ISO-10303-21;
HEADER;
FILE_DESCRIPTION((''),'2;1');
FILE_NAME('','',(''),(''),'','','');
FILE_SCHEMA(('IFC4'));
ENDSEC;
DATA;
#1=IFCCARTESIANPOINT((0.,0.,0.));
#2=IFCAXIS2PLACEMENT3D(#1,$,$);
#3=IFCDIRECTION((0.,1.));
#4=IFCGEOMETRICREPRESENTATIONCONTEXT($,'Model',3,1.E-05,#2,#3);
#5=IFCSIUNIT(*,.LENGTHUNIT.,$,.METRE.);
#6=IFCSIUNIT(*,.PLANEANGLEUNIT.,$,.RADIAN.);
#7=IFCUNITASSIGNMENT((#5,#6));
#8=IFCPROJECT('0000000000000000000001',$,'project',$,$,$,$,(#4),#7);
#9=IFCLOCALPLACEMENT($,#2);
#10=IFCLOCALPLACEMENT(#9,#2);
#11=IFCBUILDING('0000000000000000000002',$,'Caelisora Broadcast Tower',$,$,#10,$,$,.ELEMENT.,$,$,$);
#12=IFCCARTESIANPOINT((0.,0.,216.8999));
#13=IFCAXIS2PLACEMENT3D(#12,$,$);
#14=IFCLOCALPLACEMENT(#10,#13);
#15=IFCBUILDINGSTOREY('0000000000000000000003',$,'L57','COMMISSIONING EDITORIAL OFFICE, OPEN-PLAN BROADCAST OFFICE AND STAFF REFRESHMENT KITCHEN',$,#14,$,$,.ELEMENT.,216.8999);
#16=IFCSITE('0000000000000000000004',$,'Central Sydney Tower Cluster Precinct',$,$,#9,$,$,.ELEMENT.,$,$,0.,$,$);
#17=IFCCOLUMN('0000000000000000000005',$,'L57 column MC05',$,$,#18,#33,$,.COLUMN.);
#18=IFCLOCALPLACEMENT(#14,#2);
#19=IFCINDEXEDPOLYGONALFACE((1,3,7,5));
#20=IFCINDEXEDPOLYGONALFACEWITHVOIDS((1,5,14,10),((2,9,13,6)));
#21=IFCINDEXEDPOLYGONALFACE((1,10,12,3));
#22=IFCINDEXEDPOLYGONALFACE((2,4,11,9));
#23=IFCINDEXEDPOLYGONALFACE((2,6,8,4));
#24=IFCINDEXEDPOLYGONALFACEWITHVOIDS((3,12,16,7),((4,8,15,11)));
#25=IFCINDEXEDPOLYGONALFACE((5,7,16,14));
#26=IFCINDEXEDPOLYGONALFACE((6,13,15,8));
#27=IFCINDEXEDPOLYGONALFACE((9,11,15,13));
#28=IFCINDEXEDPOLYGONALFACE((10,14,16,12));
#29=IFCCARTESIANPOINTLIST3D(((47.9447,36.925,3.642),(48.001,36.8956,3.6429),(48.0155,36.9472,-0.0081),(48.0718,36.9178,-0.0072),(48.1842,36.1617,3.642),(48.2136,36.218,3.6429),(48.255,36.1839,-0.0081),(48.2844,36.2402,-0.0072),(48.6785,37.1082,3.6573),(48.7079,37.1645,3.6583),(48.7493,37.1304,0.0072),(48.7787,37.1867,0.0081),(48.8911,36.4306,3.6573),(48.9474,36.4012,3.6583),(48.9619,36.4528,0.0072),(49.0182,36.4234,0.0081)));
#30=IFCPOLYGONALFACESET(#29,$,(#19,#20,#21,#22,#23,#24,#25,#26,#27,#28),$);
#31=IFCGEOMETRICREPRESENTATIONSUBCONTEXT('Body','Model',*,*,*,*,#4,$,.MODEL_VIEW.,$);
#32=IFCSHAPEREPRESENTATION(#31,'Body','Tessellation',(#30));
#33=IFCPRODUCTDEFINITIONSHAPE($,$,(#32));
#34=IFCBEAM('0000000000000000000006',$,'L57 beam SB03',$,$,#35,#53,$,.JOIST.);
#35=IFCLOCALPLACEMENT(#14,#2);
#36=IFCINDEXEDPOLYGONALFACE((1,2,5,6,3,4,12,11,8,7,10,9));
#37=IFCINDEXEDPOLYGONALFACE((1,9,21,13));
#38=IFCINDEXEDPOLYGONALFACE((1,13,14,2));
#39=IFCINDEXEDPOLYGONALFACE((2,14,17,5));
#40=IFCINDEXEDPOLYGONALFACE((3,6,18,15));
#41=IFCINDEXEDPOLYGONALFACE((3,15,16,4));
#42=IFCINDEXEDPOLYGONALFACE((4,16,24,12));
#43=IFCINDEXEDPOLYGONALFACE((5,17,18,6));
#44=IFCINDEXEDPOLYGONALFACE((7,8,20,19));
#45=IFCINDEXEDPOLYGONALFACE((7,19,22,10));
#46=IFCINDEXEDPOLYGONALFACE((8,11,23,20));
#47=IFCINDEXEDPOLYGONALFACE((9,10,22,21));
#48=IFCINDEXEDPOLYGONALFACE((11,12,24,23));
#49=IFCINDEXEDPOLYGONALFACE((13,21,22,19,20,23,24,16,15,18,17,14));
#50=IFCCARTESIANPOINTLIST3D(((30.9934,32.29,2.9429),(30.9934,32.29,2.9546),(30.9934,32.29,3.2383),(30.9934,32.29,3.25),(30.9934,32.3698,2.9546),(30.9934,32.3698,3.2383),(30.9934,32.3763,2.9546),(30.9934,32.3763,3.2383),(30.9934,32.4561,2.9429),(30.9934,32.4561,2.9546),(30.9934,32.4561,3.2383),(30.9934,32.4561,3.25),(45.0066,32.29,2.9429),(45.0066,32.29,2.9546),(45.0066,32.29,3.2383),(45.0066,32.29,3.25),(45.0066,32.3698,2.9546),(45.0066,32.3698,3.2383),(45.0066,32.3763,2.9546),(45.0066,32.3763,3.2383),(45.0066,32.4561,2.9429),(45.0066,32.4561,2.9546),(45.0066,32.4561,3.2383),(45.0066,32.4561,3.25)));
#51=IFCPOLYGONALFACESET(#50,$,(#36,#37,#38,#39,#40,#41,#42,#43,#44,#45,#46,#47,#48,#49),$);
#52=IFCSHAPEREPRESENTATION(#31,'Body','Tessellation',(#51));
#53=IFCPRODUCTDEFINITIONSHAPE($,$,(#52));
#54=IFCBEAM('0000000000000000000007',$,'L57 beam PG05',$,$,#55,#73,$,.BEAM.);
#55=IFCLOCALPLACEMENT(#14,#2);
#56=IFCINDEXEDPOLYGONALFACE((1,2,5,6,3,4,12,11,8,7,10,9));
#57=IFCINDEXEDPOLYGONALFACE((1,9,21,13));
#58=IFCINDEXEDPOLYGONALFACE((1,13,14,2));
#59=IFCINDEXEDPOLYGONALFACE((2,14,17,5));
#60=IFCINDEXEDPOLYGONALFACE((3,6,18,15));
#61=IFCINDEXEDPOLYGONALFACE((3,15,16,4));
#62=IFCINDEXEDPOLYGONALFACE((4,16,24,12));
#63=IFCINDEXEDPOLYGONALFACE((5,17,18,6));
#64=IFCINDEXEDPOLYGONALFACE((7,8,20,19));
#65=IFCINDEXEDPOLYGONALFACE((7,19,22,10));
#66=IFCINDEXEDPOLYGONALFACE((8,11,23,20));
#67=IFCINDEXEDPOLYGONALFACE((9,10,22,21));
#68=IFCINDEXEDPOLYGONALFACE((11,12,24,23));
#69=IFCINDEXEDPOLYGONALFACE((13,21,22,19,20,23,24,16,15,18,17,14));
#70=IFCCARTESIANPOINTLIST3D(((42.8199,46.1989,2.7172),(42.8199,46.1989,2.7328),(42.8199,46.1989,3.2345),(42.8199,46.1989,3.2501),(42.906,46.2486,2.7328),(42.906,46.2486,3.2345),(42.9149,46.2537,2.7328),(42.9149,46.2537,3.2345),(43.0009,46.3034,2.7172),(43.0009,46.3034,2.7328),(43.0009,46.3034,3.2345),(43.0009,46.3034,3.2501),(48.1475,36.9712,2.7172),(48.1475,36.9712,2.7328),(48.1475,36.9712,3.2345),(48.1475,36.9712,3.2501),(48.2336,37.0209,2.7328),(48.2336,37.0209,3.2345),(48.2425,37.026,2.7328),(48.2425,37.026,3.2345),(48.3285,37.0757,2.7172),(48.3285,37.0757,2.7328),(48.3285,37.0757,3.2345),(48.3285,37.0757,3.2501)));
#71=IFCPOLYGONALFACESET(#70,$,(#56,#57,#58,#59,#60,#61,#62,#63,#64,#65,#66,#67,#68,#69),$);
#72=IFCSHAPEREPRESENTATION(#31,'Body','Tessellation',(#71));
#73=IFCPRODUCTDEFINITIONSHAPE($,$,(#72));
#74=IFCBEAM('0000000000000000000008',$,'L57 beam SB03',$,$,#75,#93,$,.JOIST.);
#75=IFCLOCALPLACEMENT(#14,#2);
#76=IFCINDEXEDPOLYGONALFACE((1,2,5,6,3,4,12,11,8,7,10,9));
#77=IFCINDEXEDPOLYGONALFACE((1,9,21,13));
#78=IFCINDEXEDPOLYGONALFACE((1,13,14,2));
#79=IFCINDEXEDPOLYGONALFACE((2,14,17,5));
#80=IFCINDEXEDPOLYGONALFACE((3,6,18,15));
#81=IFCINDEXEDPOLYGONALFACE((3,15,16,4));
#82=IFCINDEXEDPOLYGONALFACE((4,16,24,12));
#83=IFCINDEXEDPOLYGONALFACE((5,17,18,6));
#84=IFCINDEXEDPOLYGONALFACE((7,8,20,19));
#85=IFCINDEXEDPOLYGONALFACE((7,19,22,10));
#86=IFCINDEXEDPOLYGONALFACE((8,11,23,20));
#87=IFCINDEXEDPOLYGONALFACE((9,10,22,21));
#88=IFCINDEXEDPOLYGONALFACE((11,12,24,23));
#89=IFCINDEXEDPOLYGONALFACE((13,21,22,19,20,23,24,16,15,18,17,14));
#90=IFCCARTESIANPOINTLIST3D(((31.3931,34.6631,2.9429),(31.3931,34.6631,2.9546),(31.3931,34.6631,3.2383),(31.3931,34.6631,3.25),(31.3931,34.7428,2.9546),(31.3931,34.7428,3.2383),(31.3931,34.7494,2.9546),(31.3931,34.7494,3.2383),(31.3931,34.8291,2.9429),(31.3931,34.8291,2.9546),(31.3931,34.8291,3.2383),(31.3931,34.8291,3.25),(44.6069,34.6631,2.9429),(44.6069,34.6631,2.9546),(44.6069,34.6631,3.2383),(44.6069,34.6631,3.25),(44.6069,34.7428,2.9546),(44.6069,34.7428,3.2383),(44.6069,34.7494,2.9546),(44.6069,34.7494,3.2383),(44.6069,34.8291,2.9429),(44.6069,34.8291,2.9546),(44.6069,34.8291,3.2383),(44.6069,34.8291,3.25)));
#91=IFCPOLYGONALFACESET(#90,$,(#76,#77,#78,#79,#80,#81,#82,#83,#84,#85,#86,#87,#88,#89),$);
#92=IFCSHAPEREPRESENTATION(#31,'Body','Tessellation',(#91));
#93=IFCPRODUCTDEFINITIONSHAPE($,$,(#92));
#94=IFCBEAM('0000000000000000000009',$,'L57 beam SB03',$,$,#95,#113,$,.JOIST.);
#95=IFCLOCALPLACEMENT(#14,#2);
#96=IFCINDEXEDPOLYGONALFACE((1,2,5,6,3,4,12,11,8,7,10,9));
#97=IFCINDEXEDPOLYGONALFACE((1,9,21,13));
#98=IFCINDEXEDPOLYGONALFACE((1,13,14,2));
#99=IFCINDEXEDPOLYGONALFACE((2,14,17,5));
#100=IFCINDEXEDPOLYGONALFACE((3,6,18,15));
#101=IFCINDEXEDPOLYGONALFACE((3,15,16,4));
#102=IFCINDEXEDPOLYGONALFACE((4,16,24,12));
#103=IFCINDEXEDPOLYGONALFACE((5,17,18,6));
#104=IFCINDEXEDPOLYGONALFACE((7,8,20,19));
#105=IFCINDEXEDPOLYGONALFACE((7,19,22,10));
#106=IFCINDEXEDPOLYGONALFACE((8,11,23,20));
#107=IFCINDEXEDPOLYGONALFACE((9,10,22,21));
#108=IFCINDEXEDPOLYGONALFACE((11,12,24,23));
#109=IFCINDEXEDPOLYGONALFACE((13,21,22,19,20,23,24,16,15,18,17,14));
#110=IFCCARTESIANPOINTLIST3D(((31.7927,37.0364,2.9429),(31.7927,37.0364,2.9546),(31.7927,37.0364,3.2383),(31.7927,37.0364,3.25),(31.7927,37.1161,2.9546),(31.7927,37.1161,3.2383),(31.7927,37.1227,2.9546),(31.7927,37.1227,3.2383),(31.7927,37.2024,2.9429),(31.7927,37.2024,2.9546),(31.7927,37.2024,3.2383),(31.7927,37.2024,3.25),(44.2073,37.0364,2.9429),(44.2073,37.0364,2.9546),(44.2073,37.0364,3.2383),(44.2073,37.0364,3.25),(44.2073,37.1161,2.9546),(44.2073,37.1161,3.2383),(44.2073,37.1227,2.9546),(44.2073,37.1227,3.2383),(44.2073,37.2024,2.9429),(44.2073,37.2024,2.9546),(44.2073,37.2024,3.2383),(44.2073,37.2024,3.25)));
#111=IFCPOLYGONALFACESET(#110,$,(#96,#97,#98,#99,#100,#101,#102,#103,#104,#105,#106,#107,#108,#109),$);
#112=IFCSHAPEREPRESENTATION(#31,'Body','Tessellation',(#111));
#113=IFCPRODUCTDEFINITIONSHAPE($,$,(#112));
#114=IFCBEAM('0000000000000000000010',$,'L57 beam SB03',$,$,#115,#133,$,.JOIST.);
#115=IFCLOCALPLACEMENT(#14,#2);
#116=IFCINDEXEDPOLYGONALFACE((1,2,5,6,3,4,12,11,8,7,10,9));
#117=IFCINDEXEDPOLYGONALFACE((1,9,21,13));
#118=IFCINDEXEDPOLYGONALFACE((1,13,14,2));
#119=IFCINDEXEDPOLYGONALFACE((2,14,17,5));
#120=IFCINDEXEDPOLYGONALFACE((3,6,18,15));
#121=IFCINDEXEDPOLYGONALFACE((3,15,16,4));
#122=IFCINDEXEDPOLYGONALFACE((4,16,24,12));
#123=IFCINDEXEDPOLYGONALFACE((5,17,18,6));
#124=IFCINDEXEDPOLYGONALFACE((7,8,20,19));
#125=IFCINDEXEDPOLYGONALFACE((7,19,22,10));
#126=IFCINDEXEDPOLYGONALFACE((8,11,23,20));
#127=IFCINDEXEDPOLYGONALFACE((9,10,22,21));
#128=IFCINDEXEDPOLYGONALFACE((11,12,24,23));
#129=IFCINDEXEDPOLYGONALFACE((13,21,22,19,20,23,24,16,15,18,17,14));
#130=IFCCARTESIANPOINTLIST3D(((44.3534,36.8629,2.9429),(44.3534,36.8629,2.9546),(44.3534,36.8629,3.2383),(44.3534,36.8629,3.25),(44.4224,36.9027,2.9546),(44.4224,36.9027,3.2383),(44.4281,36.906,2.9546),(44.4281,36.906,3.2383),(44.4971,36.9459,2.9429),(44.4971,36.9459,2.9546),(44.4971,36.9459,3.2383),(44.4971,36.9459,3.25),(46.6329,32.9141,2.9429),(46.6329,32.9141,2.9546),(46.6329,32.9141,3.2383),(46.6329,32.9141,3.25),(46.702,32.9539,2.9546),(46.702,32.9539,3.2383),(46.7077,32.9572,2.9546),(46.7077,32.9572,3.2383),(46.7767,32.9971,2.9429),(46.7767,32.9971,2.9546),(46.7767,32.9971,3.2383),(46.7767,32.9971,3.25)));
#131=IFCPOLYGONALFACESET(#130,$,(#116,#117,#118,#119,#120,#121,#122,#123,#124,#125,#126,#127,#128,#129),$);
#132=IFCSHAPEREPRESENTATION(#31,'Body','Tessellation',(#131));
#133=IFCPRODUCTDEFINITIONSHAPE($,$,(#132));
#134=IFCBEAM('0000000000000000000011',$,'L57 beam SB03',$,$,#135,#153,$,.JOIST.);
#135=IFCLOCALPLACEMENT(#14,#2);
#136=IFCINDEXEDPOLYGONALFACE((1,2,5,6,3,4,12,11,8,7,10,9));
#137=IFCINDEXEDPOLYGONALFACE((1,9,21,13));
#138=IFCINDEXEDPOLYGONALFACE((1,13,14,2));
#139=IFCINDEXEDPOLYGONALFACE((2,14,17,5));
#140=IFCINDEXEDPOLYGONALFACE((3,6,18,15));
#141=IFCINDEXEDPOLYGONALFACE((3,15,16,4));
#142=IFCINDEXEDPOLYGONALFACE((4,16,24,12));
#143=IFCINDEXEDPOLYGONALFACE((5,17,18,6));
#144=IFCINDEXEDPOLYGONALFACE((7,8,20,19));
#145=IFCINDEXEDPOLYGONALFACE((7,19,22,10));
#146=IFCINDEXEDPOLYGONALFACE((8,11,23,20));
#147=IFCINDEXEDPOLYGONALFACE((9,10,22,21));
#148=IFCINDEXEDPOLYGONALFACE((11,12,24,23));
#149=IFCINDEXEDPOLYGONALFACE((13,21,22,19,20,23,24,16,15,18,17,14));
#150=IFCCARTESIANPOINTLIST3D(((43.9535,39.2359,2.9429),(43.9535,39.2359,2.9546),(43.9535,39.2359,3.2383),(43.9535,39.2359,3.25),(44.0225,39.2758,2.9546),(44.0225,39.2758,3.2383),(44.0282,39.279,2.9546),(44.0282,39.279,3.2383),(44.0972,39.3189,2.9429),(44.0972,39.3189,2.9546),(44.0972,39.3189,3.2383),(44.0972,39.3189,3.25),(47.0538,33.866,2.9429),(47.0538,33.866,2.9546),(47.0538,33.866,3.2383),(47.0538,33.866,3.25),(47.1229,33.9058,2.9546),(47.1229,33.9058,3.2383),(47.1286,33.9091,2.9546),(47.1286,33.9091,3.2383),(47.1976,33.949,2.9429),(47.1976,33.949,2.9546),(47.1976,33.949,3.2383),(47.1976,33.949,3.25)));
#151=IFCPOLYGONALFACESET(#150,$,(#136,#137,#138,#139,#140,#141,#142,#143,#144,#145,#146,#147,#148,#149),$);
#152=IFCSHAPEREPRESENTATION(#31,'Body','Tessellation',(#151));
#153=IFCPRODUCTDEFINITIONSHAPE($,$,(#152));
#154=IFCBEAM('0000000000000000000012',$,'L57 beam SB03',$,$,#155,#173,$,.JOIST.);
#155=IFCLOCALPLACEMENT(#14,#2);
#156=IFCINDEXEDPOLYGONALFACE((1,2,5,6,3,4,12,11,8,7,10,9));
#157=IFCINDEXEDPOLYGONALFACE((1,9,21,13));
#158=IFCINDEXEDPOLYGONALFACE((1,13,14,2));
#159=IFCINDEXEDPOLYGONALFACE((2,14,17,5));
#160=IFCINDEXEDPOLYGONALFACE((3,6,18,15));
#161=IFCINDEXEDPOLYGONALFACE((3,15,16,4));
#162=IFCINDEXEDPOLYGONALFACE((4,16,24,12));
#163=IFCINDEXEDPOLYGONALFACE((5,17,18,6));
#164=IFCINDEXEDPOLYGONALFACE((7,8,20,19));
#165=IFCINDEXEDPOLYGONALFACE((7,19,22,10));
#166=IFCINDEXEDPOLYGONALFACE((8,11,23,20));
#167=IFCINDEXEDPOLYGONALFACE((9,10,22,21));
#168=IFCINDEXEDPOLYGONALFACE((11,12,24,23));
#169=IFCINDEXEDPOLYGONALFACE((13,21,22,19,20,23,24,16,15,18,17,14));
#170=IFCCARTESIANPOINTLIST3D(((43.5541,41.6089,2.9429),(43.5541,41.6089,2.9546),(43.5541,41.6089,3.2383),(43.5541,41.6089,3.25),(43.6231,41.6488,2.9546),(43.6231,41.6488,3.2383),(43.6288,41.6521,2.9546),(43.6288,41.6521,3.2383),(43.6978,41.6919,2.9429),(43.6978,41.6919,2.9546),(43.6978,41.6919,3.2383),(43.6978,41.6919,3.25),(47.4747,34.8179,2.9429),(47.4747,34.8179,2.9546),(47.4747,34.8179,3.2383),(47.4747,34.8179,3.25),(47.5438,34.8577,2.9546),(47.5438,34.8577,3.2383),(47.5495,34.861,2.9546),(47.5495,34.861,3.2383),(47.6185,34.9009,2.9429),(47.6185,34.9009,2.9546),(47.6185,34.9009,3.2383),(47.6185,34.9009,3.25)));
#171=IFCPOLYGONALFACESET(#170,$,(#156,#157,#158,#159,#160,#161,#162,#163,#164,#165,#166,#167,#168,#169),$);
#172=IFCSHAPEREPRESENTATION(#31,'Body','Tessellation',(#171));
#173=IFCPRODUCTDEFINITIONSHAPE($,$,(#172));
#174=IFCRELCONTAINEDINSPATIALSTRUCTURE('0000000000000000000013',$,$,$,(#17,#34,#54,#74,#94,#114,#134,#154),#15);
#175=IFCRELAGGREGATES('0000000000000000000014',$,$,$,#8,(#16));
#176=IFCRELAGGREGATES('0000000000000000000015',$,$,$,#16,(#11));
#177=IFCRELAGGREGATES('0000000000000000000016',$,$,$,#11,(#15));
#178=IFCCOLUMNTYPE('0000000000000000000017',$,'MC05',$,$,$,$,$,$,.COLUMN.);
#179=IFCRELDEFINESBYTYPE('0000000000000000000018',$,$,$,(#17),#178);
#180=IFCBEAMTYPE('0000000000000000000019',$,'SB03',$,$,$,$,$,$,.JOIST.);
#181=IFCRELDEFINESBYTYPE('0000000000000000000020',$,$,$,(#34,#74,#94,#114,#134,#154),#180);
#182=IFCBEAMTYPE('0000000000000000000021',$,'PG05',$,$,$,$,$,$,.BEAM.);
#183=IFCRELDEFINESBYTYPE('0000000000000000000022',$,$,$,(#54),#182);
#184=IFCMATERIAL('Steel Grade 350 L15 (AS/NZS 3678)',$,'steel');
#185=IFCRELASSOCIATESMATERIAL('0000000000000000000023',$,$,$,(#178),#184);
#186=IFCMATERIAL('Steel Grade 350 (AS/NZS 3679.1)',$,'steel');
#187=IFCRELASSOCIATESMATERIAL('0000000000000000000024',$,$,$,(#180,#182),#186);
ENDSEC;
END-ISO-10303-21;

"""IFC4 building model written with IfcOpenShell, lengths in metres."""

from ifc_helpers import new_model, si_unit, direction, frame, origin, origin_2d, place, context, subcontext, project, spatial, hollow_rectangle, i_section, extrude, source, transform, mapped, material, material_profile, profile_set, type_object, type_shapes, element, save


model = new_model("IFC4")

# Units and contexts
model_context = context("Model", 3, precision=1e-05, world=origin(), true_north=direction((0.0, 1.0)))
body_context = subcontext(model_context, "Body", "Model", "MODEL_VIEW")
ifc_project = project(units=[si_unit("LENGTHUNIT", "METRE"), si_unit("PLANEANGLEUNIT", "RADIAN")], contexts=[model_context])

# Site, building, storey
site_placement = place(None, origin())
site = spatial("IfcSite", under=ifc_project, at=site_placement, Name="Central Sydney Tower Cluster Precinct", CompositionType="ELEMENT", RefElevation=0.0)
building_placement = place(site_placement, origin())
building = spatial("IfcBuilding", under=site, at=building_placement, Name="Caelisora Broadcast Tower", CompositionType="ELEMENT")
storey_placement = place(building_placement, frame((0.0, 0.0, 216.8999)))
storey = spatial("IfcBuildingStorey", under=building, at=storey_placement, Name="L57", Description="COMMISSIONING EDITORIAL OFFICE, OPEN-PLAN BROADCAST OFFICE AND STAFF REFRESHMENT KITCHEN", CompositionType="ELEMENT", Elevation=216.8999)

# Column
ifc_material_1 = material(Name="Steel Grade 350 L15 (AS/NZS 3678)", Category="steel")
ifc_material_profile_1 = material_profile(ifc_material_1, hollow_rectangle(XDim=0.8, YDim=0.8, WallThickness=0.0449, at=origin_2d()), Name="Steel Grade 350 L15 (AS/NZS 3678)")
ifc_profile_set_1 = profile_set([ifc_material_profile_1], Name="Steel Grade 350 L15 (AS/NZS 3678)")
column_type = type_object("IfcColumnType", Name="MC05", PredefinedType="COLUMN", material=ifc_profile_set_1)
shared_shape_1 = source(origin(), body_context, "Body", "SweptSolid", [
    extrude(hollow_rectangle(XDim=0.8, YDim=0.8, WallThickness=0.0449, at=origin_2d()), origin(), (0.0, 0.0, 1.0), 3.6509),
])
type_shapes(column_type, [shared_shape_1])
column_placement = place(storey_placement, frame((48.5168, 36.6853, 0.0), z_axis=(-0.019393, -0.006085, 0.999793), x_axis=(0.299399, -0.954128, 0.0)))
element("IfcColumn", 1, at=column_placement, inside=storey, type_object=column_type, Name="L57 column MC05", PredefinedType="COLUMN", context=body_context, shape_type="MappedRepresentation", body=[
    mapped(shared_shape_1, transform((0.0, 0.0, 0.0), scale=1.0)),
])

# Beams
ifc_material_2 = material(Name="Steel Grade 350 (AS/NZS 3679.1)", Category="steel")
ifc_material_profile_2 = material_profile(ifc_material_2, i_section(OverallWidth=0.166, OverallDepth=0.3071, WebThickness=0.0066, FlangeThickness=0.0117, at=origin_2d()), Name="Steel Grade 350 (AS/NZS 3679.1)")
ifc_profile_set_2 = profile_set([ifc_material_profile_2], Name="Steel Grade 350 (AS/NZS 3679.1)")
beam_type_1 = type_object("IfcBeamType", Name="SB03", PredefinedType="JOIST", material=ifc_profile_set_2)
shared_shape_2 = source(origin(), body_context, "Body", "SweptSolid", [
    extrude(i_section(OverallWidth=0.166, OverallDepth=0.3071, WebThickness=0.0066, FlangeThickness=0.0117, at=origin_2d()), origin(), (0.0, 0.0, 1.0), 14.0132),
])
beam_1_placement = place(storey_placement, frame((45.0066, 32.373, 3.0964), z_axis=(-1.0, 0.0, 0.0), x_axis=(0.0, -1.0, 0.0)))
element("IfcBeam", 2, at=beam_1_placement, inside=storey, type_object=beam_type_1, Name="L57 beam SB03", PredefinedType="JOIST", context=body_context, shape_type="MappedRepresentation", body=[
    mapped(shared_shape_2, transform((0.0, 0.0, 0.0), scale=1.0)),
])
ifc_material_profile_3 = material_profile(ifc_material_2, i_section(OverallWidth=0.209, OverallDepth=0.533, WebThickness=0.0103, FlangeThickness=0.0156, at=origin_2d()), Name="Steel Grade 350 (AS/NZS 3679.1)")
ifc_profile_set_3 = profile_set([ifc_material_profile_3], Name="Steel Grade 350 (AS/NZS 3679.1)")
beam_type_2 = type_object("IfcBeamType", Name="PG05", PredefinedType="BEAM", material=ifc_profile_set_3)
shared_shape_3 = source(origin(), body_context, "Body", "SweptSolid", [
    extrude(i_section(OverallWidth=0.209, OverallDepth=0.533, WebThickness=0.0103, FlangeThickness=0.0156, at=origin_2d()), origin(), (0.0, 0.0, 1.0), 10.6553),
])
type_shapes(beam_type_2, [shared_shape_3])
beam_2_placement = place(storey_placement, frame((48.238, 37.0234, 2.9836), z_axis=(-0.499998, 0.866026, 0.0), x_axis=(-0.866026, -0.499998, 0.0)))
element("IfcBeam", 3, at=beam_2_placement, inside=storey, type_object=beam_type_2, Name="L57 beam PG05", PredefinedType="BEAM", context=body_context, shape_type="MappedRepresentation", body=[
    mapped(shared_shape_3, transform((0.0, 0.0, 0.0), scale=1.0)),
])
shared_shape_4 = source(origin(), body_context, "Body", "SweptSolid", [
    extrude(i_section(OverallWidth=0.166, OverallDepth=0.3071, WebThickness=0.0066, FlangeThickness=0.0117, at=origin_2d()), origin(), (0.0, 0.0, 1.0), 13.2139),
])
beam_3_placement = place(storey_placement, frame((44.6069, 34.7461, 3.0964), z_axis=(-1.0, 0.0, 0.0), x_axis=(0.0, -1.0, 0.0)))
element("IfcBeam", 4, at=beam_3_placement, inside=storey, type_object=beam_type_1, Name="L57 beam SB03", PredefinedType="JOIST", context=body_context, shape_type="MappedRepresentation", body=[
    mapped(shared_shape_4, transform((0.0, 0.0, 0.0), scale=1.0)),
])
shared_shape_5 = source(origin(), body_context, "Body", "SweptSolid", [
    extrude(i_section(OverallWidth=0.166, OverallDepth=0.3071, WebThickness=0.0066, FlangeThickness=0.0117, at=origin_2d()), origin(), (0.0, 0.0, 1.0), 12.4146),
])
beam_4_placement = place(storey_placement, frame((44.2073, 37.1194, 3.0964), z_axis=(-1.0, 0.0, 0.0), x_axis=(0.0, -1.0, 0.0)))
element("IfcBeam", 5, at=beam_4_placement, inside=storey, type_object=beam_type_1, Name="L57 beam SB03", PredefinedType="JOIST", context=body_context, shape_type="MappedRepresentation", body=[
    mapped(shared_shape_5, transform((0.0, 0.0, 0.0), scale=1.0)),
])
shared_shape_6 = source(origin(), body_context, "Body", "SweptSolid", [
    extrude(i_section(OverallWidth=0.166, OverallDepth=0.3071, WebThickness=0.0066, FlangeThickness=0.0117, at=origin_2d()), origin(), (0.0, 0.0, 1.0), 4.5596),
])
beam_5_placement = place(storey_placement, frame((46.7048, 32.9556, 3.0964), z_axis=(-0.499957, 0.86605, 0.0), x_axis=(-0.86605, -0.499957, 0.0)))
element("IfcBeam", 6, at=beam_5_placement, inside=storey, type_object=beam_type_1, Name="L57 beam SB03", PredefinedType="JOIST", context=body_context, shape_type="MappedRepresentation", body=[
    mapped(shared_shape_6, transform((0.0, 0.0, 0.0), scale=1.0)),
])
shared_shape_7 = source(origin(), body_context, "Body", "SweptSolid", [
    extrude(i_section(OverallWidth=0.166, OverallDepth=0.3071, WebThickness=0.0066, FlangeThickness=0.0117, at=origin_2d()), origin(), (0.0, 0.0, 1.0), 6.2007),
])
beam_6_placement = place(storey_placement, frame((47.1257, 33.9075, 3.0964), z_axis=(-0.500005, 0.866022, 0.0), x_axis=(-0.866022, -0.500005, 0.0)))
element("IfcBeam", 7, at=beam_6_placement, inside=storey, type_object=beam_type_1, Name="L57 beam SB03", PredefinedType="JOIST", context=body_context, shape_type="MappedRepresentation", body=[
    mapped(shared_shape_7, transform((0.0, 0.0, 0.0), scale=1.0)),
])
shared_shape_8 = source(origin(), body_context, "Body", "SweptSolid", [
    extrude(i_section(OverallWidth=0.166, OverallDepth=0.3071, WebThickness=0.0066, FlangeThickness=0.0117, at=origin_2d()), origin(), (0.0, 0.0, 1.0), 7.8416),
])
beam_7_placement = place(storey_placement, frame((47.5466, 34.8594, 3.0964), z_axis=(-0.499987, 0.866033, 0.0), x_axis=(-0.866033, -0.499987, 0.0)))
element("IfcBeam", 8, at=beam_7_placement, inside=storey, type_object=beam_type_1, Name="L57 beam SB03", PredefinedType="JOIST", context=body_context, shape_type="MappedRepresentation", body=[
    mapped(shared_shape_8, transform((0.0, 0.0, 0.0), scale=1.0)),
])

save(model, "model.ifc")
